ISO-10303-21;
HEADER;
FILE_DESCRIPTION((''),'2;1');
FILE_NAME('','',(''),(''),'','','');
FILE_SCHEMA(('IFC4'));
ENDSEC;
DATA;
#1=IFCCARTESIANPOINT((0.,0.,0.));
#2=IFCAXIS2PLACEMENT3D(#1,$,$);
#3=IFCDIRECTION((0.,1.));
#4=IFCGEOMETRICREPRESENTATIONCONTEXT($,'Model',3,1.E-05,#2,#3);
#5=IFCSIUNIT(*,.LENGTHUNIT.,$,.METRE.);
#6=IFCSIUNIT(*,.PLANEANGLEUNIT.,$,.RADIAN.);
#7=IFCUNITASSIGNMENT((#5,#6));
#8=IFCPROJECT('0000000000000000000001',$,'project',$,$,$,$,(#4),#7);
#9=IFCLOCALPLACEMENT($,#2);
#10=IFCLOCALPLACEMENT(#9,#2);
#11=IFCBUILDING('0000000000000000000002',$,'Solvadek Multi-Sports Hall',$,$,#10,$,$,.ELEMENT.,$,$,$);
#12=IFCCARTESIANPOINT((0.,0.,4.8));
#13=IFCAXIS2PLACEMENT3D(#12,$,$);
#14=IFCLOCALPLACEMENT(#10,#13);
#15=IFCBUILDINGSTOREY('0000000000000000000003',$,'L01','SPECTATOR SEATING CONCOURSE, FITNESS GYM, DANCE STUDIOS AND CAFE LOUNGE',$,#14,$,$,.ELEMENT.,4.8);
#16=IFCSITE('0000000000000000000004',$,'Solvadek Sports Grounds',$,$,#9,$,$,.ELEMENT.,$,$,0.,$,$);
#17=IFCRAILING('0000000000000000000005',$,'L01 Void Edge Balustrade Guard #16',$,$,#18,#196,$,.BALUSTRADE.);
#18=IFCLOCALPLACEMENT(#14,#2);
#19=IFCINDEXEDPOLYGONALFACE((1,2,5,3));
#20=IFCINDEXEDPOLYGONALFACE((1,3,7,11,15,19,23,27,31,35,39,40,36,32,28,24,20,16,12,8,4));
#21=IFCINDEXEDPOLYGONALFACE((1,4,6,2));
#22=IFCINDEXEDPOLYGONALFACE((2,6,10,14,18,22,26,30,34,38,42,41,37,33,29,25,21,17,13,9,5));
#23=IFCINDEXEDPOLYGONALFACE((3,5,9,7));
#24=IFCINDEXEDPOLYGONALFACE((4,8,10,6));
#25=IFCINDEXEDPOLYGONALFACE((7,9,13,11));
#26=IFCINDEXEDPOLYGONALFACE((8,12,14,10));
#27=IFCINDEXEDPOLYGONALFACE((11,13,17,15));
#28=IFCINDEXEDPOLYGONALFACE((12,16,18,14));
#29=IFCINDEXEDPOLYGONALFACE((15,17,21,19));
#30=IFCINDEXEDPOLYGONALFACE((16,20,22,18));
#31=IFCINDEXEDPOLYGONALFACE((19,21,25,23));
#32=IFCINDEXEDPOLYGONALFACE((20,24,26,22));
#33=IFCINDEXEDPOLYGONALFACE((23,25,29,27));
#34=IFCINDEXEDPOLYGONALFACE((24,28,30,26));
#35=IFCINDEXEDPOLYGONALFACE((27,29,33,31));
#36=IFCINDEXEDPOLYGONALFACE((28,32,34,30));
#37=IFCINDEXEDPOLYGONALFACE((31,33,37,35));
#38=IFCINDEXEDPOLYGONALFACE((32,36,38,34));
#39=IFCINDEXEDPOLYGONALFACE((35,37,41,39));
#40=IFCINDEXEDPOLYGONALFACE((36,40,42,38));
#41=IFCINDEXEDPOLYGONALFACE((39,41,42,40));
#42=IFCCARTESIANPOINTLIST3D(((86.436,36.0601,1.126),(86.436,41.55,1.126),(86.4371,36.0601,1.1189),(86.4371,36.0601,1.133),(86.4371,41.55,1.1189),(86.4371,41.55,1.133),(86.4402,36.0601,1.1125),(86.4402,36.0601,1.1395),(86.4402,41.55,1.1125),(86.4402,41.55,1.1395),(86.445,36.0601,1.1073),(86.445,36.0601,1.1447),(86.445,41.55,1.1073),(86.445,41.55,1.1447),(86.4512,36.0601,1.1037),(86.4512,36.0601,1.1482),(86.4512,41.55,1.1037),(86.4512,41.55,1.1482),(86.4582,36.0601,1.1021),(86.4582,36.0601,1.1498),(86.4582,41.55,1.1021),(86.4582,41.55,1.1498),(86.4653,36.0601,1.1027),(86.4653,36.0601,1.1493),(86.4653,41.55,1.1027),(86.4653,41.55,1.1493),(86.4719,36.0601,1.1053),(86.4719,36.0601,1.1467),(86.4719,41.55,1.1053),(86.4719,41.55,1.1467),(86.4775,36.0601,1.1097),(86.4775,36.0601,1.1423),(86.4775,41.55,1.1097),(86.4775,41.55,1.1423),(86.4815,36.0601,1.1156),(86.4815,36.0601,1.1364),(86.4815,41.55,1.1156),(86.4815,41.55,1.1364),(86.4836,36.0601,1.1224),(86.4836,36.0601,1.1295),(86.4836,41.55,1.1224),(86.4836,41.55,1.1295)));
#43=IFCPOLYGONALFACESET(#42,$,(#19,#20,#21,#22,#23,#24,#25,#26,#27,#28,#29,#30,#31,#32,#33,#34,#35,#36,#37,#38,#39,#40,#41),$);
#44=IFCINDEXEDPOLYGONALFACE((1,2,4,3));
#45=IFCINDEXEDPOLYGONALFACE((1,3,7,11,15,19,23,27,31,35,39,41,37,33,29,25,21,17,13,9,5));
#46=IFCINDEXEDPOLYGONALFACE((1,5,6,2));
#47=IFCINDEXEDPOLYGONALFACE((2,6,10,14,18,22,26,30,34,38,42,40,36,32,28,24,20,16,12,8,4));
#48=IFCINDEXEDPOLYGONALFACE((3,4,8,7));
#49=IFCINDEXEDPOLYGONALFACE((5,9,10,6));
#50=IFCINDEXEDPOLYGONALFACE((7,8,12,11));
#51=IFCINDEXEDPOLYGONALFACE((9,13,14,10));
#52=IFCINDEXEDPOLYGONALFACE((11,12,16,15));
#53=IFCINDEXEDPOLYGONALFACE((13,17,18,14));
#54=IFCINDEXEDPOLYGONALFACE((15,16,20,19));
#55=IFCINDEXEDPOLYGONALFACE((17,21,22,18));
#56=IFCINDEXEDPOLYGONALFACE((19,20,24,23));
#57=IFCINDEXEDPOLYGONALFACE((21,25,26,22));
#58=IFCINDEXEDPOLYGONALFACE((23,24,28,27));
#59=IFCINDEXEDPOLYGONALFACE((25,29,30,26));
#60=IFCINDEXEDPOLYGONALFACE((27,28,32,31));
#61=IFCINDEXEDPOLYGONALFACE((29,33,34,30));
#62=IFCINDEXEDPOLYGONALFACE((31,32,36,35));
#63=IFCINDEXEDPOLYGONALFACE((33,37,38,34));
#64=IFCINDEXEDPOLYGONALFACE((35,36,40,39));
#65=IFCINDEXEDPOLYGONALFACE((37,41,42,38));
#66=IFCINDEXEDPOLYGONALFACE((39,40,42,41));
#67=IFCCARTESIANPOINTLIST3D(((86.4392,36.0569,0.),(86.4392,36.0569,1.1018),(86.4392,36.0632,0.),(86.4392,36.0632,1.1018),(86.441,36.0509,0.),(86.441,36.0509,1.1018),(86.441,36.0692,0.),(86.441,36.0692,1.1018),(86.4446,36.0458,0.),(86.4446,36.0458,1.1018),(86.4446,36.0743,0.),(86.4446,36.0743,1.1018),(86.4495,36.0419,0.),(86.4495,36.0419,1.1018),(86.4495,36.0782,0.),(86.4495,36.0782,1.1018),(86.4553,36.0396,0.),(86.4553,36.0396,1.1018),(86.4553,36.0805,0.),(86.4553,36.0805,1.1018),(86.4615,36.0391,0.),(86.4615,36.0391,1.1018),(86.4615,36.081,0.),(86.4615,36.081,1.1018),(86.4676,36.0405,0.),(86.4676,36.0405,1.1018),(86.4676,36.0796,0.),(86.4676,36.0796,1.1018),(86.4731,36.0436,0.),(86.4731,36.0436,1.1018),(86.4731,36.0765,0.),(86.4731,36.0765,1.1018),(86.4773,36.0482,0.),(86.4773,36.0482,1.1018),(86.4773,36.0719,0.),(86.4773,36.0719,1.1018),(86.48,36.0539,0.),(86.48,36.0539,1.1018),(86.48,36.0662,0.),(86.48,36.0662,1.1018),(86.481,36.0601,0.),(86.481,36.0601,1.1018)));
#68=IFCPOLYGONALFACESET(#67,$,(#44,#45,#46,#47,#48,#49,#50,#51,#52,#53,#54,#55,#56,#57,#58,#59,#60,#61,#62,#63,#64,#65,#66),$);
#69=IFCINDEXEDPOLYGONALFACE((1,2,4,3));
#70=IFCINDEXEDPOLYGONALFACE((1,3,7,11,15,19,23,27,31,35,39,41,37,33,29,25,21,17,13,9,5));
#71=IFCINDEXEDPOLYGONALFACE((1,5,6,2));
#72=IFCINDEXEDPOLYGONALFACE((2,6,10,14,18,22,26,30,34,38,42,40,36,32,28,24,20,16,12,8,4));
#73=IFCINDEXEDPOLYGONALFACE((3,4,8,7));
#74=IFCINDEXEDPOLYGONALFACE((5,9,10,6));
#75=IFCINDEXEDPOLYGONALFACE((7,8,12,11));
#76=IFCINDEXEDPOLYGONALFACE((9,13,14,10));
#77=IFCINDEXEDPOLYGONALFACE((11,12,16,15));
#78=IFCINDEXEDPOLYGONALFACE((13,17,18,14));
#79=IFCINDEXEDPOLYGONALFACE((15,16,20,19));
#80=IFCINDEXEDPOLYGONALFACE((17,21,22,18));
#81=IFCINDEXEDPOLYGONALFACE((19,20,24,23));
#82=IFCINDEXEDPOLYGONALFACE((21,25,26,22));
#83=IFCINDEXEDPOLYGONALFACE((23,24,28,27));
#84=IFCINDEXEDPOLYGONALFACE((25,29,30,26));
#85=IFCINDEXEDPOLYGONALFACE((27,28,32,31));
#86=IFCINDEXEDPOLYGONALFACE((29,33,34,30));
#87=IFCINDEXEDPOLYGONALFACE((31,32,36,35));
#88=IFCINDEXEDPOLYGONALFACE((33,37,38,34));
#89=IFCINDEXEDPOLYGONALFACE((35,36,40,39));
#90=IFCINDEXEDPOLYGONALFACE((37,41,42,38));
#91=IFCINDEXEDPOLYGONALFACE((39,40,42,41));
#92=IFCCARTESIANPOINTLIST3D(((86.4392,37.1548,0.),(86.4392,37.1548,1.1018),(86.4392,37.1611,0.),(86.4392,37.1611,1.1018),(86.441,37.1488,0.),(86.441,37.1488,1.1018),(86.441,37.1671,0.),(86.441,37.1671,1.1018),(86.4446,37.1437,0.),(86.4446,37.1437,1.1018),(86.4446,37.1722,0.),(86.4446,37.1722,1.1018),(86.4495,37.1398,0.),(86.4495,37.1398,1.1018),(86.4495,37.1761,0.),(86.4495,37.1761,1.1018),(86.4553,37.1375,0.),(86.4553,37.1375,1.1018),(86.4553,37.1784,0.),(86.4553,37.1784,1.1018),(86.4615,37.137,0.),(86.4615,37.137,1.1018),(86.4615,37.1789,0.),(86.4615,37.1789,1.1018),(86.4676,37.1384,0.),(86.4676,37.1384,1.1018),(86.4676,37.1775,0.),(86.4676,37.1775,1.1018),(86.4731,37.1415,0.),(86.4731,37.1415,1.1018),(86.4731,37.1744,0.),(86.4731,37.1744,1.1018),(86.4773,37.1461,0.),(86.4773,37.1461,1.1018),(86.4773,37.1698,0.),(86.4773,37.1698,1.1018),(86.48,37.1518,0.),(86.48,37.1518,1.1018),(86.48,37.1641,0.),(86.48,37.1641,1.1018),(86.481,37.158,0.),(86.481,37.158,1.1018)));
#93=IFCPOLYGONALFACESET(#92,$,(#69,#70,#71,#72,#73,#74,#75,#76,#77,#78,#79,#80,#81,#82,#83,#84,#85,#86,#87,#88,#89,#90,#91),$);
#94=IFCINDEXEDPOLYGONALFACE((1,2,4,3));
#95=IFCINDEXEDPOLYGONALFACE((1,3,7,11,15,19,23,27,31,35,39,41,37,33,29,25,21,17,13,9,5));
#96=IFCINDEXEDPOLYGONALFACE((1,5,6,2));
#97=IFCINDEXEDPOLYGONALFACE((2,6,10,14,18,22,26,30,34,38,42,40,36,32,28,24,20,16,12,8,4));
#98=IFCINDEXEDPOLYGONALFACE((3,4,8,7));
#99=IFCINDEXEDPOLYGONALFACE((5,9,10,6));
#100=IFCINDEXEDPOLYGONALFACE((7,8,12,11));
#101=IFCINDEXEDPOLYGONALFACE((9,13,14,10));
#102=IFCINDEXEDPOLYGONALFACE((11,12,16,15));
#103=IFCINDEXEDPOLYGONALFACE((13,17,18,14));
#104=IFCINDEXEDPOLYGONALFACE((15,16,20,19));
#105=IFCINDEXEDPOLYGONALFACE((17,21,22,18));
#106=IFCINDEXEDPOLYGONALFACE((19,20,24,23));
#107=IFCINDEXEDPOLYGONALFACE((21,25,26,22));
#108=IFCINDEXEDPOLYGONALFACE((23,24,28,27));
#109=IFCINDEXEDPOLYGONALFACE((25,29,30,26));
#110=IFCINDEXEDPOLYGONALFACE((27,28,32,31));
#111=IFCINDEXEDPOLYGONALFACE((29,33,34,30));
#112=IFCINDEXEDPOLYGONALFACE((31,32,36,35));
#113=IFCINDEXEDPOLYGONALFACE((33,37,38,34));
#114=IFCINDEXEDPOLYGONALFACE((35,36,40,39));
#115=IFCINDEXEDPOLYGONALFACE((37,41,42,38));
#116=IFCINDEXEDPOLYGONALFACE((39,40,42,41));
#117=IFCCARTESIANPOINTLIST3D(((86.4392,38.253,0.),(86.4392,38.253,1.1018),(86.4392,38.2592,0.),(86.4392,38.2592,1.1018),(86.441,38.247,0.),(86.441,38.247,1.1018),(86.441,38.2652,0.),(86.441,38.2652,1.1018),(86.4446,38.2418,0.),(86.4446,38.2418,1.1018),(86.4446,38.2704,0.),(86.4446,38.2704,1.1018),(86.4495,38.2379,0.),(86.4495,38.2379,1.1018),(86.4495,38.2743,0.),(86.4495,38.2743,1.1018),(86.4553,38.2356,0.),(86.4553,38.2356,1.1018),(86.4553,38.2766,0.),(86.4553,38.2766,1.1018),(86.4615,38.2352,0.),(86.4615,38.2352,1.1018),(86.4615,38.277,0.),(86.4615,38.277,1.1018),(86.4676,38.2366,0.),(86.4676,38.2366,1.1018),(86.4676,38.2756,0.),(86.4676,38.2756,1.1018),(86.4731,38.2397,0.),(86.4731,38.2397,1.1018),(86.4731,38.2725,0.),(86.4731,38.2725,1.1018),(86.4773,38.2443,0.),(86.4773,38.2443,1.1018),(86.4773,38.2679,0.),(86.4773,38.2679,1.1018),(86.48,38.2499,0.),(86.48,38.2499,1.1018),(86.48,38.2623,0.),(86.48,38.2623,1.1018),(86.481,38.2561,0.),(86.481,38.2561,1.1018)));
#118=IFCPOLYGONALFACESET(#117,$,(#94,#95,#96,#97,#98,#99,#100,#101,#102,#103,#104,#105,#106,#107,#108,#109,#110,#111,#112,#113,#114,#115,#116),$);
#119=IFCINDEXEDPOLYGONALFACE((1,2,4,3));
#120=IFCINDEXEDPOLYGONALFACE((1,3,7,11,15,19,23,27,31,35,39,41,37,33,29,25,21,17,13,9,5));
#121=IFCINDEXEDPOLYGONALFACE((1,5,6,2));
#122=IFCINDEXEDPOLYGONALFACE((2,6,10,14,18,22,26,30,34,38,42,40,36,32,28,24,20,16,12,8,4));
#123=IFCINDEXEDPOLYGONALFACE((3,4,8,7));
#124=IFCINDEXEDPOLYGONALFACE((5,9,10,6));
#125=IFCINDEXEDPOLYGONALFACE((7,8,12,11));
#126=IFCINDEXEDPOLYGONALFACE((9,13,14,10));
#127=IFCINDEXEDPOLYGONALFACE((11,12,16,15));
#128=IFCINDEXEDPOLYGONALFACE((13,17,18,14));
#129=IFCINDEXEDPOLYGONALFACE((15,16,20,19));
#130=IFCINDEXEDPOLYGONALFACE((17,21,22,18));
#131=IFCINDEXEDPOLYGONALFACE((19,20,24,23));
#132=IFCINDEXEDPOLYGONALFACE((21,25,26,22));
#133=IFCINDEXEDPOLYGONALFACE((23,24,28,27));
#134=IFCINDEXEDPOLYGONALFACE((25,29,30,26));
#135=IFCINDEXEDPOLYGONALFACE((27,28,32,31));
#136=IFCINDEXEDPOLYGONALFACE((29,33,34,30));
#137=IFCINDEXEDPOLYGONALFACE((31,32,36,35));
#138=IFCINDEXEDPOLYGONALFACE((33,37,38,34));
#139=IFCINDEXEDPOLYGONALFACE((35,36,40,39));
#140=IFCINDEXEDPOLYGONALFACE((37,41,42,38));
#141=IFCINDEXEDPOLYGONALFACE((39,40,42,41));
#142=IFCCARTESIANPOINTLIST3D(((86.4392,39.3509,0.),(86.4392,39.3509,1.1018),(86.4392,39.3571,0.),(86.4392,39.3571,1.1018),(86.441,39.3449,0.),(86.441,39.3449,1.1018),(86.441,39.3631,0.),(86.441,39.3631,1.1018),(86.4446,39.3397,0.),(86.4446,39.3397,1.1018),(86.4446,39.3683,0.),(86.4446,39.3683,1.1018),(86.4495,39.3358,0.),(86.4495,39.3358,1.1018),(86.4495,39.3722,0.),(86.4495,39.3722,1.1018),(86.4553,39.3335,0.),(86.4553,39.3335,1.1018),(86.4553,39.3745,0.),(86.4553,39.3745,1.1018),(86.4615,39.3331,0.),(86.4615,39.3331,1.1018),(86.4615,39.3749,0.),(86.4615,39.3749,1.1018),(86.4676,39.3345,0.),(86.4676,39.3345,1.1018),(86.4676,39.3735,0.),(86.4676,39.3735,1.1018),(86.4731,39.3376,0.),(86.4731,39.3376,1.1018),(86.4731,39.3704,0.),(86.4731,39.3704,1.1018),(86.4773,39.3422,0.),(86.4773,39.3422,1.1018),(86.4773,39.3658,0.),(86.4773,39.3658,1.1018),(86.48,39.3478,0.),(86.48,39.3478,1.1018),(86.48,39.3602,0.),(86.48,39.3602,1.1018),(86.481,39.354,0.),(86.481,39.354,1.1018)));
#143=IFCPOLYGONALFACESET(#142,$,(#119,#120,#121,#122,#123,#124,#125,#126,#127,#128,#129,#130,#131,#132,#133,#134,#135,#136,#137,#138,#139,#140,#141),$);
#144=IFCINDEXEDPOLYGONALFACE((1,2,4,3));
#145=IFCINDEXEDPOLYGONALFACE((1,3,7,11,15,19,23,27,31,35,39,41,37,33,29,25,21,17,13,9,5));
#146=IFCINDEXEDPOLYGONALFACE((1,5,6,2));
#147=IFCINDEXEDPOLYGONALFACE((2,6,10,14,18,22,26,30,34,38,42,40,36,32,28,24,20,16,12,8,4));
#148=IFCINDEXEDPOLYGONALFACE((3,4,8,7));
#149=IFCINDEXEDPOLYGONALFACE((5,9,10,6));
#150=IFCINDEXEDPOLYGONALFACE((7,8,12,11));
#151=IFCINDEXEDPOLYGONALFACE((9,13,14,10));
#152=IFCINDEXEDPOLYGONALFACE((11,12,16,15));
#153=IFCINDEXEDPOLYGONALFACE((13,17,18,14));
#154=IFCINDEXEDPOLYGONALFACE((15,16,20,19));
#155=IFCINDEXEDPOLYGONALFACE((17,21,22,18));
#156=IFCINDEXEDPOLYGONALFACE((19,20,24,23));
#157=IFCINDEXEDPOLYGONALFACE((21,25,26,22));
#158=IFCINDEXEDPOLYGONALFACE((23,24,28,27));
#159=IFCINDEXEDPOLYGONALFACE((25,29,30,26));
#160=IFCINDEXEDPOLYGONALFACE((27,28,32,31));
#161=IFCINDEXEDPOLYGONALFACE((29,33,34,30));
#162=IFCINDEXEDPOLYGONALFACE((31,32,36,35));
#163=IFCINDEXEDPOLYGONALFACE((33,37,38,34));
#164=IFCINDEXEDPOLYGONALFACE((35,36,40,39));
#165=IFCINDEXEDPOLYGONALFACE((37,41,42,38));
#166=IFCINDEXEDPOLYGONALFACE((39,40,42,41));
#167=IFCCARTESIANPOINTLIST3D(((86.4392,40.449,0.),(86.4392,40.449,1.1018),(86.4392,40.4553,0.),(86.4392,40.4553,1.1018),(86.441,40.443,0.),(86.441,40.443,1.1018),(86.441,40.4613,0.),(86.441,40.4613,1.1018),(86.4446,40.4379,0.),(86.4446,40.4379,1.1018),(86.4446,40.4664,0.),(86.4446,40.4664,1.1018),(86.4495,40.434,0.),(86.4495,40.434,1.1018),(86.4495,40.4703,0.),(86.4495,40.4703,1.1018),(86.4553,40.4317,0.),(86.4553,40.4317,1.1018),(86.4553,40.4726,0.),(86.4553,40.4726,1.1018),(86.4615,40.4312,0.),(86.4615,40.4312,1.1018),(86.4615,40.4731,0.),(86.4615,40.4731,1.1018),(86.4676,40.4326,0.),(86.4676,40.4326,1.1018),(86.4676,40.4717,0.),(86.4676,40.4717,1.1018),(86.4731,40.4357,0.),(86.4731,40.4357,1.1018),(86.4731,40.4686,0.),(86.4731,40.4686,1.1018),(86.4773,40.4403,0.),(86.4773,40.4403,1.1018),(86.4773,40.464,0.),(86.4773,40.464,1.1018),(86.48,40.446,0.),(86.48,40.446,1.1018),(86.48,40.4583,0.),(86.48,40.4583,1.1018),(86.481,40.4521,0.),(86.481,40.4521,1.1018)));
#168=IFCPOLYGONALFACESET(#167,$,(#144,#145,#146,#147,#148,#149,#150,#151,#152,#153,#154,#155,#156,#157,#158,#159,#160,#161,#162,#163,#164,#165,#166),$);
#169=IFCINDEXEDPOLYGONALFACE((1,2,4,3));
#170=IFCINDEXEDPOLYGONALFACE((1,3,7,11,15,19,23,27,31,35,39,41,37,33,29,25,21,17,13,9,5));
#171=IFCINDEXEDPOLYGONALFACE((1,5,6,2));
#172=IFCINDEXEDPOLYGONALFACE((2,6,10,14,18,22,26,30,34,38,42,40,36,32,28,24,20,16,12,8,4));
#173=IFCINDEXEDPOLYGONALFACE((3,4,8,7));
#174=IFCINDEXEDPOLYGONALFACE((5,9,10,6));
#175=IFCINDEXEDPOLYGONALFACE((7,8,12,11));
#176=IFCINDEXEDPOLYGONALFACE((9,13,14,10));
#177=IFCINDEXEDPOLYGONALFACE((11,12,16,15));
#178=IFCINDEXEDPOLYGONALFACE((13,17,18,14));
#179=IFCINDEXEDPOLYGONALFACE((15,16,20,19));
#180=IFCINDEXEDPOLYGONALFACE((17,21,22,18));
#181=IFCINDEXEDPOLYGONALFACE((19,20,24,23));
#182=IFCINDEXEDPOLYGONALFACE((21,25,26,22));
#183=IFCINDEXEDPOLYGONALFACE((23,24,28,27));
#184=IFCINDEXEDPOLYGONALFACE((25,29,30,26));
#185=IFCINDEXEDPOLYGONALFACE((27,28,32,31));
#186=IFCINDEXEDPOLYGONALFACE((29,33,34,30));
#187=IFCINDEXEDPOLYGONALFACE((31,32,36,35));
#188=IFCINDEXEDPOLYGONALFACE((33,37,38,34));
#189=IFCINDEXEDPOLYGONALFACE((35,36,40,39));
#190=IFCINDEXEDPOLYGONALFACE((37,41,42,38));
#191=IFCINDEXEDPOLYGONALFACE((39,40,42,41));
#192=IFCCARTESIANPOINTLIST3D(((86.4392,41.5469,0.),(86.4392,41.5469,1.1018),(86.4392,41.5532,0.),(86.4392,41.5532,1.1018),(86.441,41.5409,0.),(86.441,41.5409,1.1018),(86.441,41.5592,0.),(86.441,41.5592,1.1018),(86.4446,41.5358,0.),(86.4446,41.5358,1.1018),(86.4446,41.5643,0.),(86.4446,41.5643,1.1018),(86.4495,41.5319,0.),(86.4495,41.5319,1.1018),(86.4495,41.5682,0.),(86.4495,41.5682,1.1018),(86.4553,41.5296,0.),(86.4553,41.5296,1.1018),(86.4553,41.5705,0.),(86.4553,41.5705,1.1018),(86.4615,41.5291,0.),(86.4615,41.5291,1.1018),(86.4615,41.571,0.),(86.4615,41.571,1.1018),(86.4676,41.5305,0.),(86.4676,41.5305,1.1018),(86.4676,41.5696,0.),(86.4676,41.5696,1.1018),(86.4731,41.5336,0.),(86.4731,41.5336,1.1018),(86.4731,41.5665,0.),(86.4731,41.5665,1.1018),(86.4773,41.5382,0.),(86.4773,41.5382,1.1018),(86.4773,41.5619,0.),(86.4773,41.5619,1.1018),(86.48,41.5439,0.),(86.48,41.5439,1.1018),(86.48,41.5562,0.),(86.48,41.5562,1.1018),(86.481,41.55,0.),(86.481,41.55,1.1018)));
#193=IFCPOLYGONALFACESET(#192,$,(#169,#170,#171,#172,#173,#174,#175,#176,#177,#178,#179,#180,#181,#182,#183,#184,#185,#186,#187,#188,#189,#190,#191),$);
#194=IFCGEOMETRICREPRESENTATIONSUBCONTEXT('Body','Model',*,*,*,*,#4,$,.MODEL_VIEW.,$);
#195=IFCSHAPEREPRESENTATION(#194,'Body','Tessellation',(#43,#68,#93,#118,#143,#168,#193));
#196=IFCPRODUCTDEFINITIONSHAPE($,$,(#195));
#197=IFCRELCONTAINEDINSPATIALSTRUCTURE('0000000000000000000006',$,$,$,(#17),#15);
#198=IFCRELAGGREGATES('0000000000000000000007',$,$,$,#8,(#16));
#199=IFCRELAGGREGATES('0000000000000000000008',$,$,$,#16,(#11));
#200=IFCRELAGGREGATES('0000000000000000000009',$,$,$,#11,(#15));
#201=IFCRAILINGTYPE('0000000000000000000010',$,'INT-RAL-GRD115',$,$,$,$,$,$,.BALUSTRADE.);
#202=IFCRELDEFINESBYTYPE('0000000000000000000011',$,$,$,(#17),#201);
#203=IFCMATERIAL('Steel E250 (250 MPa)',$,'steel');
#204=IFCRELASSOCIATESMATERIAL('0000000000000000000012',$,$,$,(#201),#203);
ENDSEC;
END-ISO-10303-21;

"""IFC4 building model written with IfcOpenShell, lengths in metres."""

from ifc_helpers import new_model, si_unit, direction, frame, origin, origin_2d, place, context, subcontext, project, spatial, circle, extrude, material, type_object, element, save


model = new_model("IFC4")

# Units and contexts
model_context = context("Model", 3, precision=1e-05, world=origin(), true_north=direction((0.0, 1.0)))
body_context = subcontext(model_context, "Body", "Model", "MODEL_VIEW")
ifc_project = project(units=[si_unit("LENGTHUNIT", "METRE"), si_unit("PLANEANGLEUNIT", "RADIAN")], contexts=[model_context])

# Site, building, storey
site_placement = place(None, origin())
site = spatial("IfcSite", under=ifc_project, at=site_placement, Name="Solvadek Sports Grounds", CompositionType="ELEMENT", RefElevation=0.0)
building_placement = place(site_placement, origin())
building = spatial("IfcBuilding", under=site, at=building_placement, Name="Solvadek Multi-Sports Hall", CompositionType="ELEMENT")
storey_placement = place(building_placement, frame((0.0, 0.0, 4.8)))
storey = spatial("IfcBuildingStorey", under=building, at=storey_placement, Name="L01", Description="SPECTATOR SEATING CONCOURSE, FITNESS GYM, DANCE STUDIOS AND CAFE LOUNGE", CompositionType="ELEMENT", Elevation=4.8)

# Railing
ifc_material_1 = material(Name="Steel E250 (250 MPa)", Category="steel")
railing_type = type_object("IfcRailingType", Name="INT-RAL-GRD115", PredefinedType="BALUSTRADE", material=ifc_material_1)
railing_1_placement = place(storey_placement, frame((86.46, 36.0601, 0.0)))
element("IfcRailing", 1, at=railing_1_placement, inside=storey, type_object=railing_type, Name="L01 Void Edge Balustrade Guard #16", PredefinedType="BALUSTRADE", context=body_context, shape_type="SweptSolid", body=[
    extrude(circle(Radius=0.0239, at=origin_2d()), frame((0.0, 0.0, 1.126), z_axis=(0.0, 1.0, 0.0), x_axis=(-1.0, 0.0, 0.0)), (0.0, 0.0, 1.0), 5.49),
    extrude(circle(Radius=0.021, at=origin_2d()), origin(), (0.0, 0.0, 1.0), 1.1018),
    extrude(circle(Radius=0.021, at=origin_2d()), frame((0.0, 1.0979, 0.0)), (0.0, 0.0, 1.0), 1.1018),
    extrude(circle(Radius=0.021, at=origin_2d()), frame((0.0, 2.196, 0.0)), (0.0, 0.0, 1.0), 1.1018),
    extrude(circle(Radius=0.021, at=origin_2d()), frame((0.0, 3.2939, 0.0)), (0.0, 0.0, 1.0), 1.1018),
    extrude(circle(Radius=0.021, at=origin_2d()), frame((0.0, 4.3921, 0.0)), (0.0, 0.0, 1.0), 1.1018),
    extrude(circle(Radius=0.021, at=origin_2d()), frame((0.0, 5.49, 0.0)), (0.0, 0.0, 1.0), 1.1018),
])

save(model, "model.ifc")
